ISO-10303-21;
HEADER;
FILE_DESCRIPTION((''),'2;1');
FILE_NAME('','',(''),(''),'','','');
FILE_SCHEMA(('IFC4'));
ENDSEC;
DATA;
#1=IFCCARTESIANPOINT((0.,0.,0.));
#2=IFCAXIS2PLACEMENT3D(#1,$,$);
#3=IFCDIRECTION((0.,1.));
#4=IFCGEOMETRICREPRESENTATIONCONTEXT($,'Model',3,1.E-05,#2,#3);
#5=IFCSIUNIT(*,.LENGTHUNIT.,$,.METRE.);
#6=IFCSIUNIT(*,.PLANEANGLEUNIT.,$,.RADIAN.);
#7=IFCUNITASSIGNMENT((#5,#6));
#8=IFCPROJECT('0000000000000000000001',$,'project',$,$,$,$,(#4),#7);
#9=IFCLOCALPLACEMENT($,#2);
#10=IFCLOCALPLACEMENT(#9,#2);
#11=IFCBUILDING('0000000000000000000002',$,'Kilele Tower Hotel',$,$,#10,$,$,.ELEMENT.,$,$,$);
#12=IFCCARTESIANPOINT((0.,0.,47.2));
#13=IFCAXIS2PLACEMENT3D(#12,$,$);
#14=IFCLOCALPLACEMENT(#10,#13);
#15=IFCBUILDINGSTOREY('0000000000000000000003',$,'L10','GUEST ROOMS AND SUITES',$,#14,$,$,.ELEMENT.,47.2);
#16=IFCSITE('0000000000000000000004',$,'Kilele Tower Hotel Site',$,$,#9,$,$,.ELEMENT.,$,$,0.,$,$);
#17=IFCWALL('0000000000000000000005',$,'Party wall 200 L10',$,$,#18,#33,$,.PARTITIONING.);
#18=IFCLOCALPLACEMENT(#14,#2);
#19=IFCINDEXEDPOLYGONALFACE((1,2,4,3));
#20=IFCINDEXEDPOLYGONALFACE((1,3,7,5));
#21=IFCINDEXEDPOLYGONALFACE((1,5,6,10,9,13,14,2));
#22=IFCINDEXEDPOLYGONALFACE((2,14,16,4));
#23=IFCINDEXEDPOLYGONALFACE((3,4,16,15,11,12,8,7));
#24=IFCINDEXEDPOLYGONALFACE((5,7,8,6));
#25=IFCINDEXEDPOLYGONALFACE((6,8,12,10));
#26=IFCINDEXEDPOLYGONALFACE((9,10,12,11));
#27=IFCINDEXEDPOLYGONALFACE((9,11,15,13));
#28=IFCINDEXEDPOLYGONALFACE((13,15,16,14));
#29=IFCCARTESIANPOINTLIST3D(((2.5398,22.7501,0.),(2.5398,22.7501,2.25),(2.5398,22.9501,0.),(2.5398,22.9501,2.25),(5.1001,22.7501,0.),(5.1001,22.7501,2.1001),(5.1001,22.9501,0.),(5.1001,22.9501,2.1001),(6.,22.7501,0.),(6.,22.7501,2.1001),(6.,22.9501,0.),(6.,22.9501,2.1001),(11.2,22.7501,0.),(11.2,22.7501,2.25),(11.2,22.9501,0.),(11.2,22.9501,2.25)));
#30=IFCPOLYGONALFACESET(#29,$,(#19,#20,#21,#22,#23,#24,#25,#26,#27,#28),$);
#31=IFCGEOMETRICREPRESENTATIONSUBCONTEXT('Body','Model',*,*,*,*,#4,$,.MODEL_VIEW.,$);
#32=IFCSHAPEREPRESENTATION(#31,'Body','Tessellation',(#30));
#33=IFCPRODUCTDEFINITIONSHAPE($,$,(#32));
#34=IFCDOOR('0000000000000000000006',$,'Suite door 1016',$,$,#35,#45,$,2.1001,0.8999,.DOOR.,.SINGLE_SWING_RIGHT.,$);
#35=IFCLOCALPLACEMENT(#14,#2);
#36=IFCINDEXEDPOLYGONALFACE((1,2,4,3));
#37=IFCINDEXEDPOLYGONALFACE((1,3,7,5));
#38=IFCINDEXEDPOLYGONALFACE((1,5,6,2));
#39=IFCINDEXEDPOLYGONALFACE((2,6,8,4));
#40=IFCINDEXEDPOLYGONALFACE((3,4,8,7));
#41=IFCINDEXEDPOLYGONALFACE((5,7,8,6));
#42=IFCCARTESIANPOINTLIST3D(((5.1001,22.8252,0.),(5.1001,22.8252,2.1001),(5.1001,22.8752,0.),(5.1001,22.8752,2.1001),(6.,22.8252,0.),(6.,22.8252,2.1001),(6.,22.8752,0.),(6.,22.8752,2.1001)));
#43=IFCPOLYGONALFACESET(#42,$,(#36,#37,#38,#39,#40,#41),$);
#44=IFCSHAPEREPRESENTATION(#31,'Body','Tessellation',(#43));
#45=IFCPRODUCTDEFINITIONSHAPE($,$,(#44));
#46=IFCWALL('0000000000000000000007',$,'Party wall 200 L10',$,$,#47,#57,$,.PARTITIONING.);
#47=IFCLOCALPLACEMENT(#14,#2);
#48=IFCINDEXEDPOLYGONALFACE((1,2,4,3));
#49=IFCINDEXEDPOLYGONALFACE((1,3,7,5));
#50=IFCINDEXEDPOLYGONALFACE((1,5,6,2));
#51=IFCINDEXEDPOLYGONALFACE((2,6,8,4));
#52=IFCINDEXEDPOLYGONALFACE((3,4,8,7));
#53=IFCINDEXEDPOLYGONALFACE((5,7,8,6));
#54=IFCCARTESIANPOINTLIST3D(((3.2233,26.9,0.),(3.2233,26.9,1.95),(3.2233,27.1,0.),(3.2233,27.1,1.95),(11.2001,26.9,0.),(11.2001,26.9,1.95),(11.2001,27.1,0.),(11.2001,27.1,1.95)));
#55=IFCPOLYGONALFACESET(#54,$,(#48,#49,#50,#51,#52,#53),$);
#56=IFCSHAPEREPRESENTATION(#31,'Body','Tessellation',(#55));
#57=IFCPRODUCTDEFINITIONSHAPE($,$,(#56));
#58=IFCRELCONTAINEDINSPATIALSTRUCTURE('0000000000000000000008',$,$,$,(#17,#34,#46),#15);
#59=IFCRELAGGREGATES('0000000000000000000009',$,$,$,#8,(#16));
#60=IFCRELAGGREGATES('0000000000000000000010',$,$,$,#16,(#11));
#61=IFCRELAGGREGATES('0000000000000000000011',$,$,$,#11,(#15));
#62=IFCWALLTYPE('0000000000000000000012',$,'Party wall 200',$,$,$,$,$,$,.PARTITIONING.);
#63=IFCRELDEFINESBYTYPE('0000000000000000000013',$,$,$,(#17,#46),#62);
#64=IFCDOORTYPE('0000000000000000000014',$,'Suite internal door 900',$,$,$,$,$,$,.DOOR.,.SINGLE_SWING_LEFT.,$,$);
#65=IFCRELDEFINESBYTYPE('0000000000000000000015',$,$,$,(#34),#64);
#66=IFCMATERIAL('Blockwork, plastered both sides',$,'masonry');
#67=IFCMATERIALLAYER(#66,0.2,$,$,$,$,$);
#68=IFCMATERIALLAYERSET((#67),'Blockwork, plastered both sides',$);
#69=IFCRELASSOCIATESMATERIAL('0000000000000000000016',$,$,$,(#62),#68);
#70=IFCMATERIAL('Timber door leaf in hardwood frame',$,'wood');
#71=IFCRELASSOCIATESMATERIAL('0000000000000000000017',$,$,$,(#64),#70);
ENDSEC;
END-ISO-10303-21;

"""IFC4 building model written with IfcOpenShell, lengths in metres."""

from ifc_helpers import new_model, si_unit, direction, frame, frame_2d, origin, place, context, subcontext, project, spatial, rectangle, extrude, material, layer, layer_set, type_object, element, fill, save


model = new_model("IFC4")

# Units and contexts
model_context = context("Model", 3, precision=1e-05, world=origin(), true_north=direction((0.0, 1.0)))
body_context = subcontext(model_context, "Body", "Model", "MODEL_VIEW")
ifc_project = project(units=[si_unit("LENGTHUNIT", "METRE"), si_unit("PLANEANGLEUNIT", "RADIAN")], contexts=[model_context])

# Site, building, storey
site_placement = place(None, origin())
site = spatial("IfcSite", under=ifc_project, at=site_placement, Name="Kilele Tower Hotel Site", CompositionType="ELEMENT", RefElevation=0.0)
building_placement = place(site_placement, origin())
building = spatial("IfcBuilding", under=site, at=building_placement, Name="Kilele Tower Hotel", CompositionType="ELEMENT")
storey_placement = place(building_placement, frame((0.0, 0.0, 47.2)))
storey = spatial("IfcBuildingStorey", under=building, at=storey_placement, Name="L10", Description="GUEST ROOMS AND SUITES", CompositionType="ELEMENT", Elevation=47.2)

# Wall, opening, door
ifc_material_1 = material(Name="Blockwork, plastered both sides", Category="masonry")
ifc_layer_1 = layer(ifc_material_1, 0.2)
ifc_layer_set_1 = layer_set([ifc_layer_1], Name="Blockwork, plastered both sides")
wall_type_1 = type_object("IfcWallType", Name="Party wall 200", PredefinedType="PARTITIONING", material=ifc_layer_set_1)
wall_1_placement = place(storey_placement, frame((11.2, 22.8501, 0.0), z_axis=(0.0, 0.0, 1.0), x_axis=(-1.0, 0.0, 0.0)))
wall_1 = element("IfcWall", 1, at=wall_1_placement, inside=storey, type_object=wall_type_1, Name="Party wall 200 L10", PredefinedType="PARTITIONING", context=body_context, shape_type="SweptSolid", body=[
    extrude(rectangle(XDim=8.6602, YDim=0.2, at=frame_2d((4.3301, 0.0))), origin(), (0.0, 0.0, 1.0), 2.25),
])
opening_1_placement = place(wall_1_placement, frame((5.2, 0.0, 0.0)))
opening_1 = element("IfcOpeningElement", 2, at=opening_1_placement, cuts=wall_1, PredefinedType="OPENING", context=body_context, shape_type="SweptSolid", body=[
    extrude(rectangle(XDim=0.8999, YDim=2.1001, at=frame_2d((0.45, 1.05))), frame((0.0, 0.1099, 0.0), z_axis=(0.0, -1.0, 0.0), x_axis=(1.0, 0.0, 0.0)), (0.0, 0.0, 1.0), 0.22),
])
ifc_material_2 = material(Name="Timber door leaf in hardwood frame", Category="wood")
door_type_1 = type_object("IfcDoorType", Name="Suite internal door 900", OperationType="SINGLE_SWING_LEFT", PredefinedType="DOOR", material=ifc_material_2)
door_1_placement = place(opening_1_placement, origin())
door_1 = element("IfcDoor", 3, at=door_1_placement, inside=storey, type_object=door_type_1, Name="Suite door 1016", OperationType="SINGLE_SWING_RIGHT", OverallHeight=2.1001, OverallWidth=0.8999, PredefinedType="DOOR", context=body_context, shape_type="SweptSolid", body=[
    extrude(rectangle(XDim=0.8999, YDim=2.1001, at=frame_2d((0.45, 1.05))), frame((0.0, 0.0249, 0.0), z_axis=(0.0, -1.0, 0.0), x_axis=(1.0, 0.0, 0.0)), (0.0, 0.0, 1.0), 0.05),
])
fill(opening_1, door_1)

# Wall
wall_2_placement = place(storey_placement, frame((11.2, 27.0, 0.0), z_axis=(0.0, 0.0, 1.0), x_axis=(-1.0, 0.0, 0.0)))
element("IfcWall", 4, at=wall_2_placement, inside=storey, type_object=wall_type_1, Name="Party wall 200 L10", PredefinedType="PARTITIONING", context=body_context, shape_type="SweptSolid", body=[
    extrude(rectangle(XDim=7.9768, YDim=0.2, at=frame_2d((3.9883, 0.0))), origin(), (0.0, 0.0, 1.0), 1.95),
])

save(model, "model.ifc")
